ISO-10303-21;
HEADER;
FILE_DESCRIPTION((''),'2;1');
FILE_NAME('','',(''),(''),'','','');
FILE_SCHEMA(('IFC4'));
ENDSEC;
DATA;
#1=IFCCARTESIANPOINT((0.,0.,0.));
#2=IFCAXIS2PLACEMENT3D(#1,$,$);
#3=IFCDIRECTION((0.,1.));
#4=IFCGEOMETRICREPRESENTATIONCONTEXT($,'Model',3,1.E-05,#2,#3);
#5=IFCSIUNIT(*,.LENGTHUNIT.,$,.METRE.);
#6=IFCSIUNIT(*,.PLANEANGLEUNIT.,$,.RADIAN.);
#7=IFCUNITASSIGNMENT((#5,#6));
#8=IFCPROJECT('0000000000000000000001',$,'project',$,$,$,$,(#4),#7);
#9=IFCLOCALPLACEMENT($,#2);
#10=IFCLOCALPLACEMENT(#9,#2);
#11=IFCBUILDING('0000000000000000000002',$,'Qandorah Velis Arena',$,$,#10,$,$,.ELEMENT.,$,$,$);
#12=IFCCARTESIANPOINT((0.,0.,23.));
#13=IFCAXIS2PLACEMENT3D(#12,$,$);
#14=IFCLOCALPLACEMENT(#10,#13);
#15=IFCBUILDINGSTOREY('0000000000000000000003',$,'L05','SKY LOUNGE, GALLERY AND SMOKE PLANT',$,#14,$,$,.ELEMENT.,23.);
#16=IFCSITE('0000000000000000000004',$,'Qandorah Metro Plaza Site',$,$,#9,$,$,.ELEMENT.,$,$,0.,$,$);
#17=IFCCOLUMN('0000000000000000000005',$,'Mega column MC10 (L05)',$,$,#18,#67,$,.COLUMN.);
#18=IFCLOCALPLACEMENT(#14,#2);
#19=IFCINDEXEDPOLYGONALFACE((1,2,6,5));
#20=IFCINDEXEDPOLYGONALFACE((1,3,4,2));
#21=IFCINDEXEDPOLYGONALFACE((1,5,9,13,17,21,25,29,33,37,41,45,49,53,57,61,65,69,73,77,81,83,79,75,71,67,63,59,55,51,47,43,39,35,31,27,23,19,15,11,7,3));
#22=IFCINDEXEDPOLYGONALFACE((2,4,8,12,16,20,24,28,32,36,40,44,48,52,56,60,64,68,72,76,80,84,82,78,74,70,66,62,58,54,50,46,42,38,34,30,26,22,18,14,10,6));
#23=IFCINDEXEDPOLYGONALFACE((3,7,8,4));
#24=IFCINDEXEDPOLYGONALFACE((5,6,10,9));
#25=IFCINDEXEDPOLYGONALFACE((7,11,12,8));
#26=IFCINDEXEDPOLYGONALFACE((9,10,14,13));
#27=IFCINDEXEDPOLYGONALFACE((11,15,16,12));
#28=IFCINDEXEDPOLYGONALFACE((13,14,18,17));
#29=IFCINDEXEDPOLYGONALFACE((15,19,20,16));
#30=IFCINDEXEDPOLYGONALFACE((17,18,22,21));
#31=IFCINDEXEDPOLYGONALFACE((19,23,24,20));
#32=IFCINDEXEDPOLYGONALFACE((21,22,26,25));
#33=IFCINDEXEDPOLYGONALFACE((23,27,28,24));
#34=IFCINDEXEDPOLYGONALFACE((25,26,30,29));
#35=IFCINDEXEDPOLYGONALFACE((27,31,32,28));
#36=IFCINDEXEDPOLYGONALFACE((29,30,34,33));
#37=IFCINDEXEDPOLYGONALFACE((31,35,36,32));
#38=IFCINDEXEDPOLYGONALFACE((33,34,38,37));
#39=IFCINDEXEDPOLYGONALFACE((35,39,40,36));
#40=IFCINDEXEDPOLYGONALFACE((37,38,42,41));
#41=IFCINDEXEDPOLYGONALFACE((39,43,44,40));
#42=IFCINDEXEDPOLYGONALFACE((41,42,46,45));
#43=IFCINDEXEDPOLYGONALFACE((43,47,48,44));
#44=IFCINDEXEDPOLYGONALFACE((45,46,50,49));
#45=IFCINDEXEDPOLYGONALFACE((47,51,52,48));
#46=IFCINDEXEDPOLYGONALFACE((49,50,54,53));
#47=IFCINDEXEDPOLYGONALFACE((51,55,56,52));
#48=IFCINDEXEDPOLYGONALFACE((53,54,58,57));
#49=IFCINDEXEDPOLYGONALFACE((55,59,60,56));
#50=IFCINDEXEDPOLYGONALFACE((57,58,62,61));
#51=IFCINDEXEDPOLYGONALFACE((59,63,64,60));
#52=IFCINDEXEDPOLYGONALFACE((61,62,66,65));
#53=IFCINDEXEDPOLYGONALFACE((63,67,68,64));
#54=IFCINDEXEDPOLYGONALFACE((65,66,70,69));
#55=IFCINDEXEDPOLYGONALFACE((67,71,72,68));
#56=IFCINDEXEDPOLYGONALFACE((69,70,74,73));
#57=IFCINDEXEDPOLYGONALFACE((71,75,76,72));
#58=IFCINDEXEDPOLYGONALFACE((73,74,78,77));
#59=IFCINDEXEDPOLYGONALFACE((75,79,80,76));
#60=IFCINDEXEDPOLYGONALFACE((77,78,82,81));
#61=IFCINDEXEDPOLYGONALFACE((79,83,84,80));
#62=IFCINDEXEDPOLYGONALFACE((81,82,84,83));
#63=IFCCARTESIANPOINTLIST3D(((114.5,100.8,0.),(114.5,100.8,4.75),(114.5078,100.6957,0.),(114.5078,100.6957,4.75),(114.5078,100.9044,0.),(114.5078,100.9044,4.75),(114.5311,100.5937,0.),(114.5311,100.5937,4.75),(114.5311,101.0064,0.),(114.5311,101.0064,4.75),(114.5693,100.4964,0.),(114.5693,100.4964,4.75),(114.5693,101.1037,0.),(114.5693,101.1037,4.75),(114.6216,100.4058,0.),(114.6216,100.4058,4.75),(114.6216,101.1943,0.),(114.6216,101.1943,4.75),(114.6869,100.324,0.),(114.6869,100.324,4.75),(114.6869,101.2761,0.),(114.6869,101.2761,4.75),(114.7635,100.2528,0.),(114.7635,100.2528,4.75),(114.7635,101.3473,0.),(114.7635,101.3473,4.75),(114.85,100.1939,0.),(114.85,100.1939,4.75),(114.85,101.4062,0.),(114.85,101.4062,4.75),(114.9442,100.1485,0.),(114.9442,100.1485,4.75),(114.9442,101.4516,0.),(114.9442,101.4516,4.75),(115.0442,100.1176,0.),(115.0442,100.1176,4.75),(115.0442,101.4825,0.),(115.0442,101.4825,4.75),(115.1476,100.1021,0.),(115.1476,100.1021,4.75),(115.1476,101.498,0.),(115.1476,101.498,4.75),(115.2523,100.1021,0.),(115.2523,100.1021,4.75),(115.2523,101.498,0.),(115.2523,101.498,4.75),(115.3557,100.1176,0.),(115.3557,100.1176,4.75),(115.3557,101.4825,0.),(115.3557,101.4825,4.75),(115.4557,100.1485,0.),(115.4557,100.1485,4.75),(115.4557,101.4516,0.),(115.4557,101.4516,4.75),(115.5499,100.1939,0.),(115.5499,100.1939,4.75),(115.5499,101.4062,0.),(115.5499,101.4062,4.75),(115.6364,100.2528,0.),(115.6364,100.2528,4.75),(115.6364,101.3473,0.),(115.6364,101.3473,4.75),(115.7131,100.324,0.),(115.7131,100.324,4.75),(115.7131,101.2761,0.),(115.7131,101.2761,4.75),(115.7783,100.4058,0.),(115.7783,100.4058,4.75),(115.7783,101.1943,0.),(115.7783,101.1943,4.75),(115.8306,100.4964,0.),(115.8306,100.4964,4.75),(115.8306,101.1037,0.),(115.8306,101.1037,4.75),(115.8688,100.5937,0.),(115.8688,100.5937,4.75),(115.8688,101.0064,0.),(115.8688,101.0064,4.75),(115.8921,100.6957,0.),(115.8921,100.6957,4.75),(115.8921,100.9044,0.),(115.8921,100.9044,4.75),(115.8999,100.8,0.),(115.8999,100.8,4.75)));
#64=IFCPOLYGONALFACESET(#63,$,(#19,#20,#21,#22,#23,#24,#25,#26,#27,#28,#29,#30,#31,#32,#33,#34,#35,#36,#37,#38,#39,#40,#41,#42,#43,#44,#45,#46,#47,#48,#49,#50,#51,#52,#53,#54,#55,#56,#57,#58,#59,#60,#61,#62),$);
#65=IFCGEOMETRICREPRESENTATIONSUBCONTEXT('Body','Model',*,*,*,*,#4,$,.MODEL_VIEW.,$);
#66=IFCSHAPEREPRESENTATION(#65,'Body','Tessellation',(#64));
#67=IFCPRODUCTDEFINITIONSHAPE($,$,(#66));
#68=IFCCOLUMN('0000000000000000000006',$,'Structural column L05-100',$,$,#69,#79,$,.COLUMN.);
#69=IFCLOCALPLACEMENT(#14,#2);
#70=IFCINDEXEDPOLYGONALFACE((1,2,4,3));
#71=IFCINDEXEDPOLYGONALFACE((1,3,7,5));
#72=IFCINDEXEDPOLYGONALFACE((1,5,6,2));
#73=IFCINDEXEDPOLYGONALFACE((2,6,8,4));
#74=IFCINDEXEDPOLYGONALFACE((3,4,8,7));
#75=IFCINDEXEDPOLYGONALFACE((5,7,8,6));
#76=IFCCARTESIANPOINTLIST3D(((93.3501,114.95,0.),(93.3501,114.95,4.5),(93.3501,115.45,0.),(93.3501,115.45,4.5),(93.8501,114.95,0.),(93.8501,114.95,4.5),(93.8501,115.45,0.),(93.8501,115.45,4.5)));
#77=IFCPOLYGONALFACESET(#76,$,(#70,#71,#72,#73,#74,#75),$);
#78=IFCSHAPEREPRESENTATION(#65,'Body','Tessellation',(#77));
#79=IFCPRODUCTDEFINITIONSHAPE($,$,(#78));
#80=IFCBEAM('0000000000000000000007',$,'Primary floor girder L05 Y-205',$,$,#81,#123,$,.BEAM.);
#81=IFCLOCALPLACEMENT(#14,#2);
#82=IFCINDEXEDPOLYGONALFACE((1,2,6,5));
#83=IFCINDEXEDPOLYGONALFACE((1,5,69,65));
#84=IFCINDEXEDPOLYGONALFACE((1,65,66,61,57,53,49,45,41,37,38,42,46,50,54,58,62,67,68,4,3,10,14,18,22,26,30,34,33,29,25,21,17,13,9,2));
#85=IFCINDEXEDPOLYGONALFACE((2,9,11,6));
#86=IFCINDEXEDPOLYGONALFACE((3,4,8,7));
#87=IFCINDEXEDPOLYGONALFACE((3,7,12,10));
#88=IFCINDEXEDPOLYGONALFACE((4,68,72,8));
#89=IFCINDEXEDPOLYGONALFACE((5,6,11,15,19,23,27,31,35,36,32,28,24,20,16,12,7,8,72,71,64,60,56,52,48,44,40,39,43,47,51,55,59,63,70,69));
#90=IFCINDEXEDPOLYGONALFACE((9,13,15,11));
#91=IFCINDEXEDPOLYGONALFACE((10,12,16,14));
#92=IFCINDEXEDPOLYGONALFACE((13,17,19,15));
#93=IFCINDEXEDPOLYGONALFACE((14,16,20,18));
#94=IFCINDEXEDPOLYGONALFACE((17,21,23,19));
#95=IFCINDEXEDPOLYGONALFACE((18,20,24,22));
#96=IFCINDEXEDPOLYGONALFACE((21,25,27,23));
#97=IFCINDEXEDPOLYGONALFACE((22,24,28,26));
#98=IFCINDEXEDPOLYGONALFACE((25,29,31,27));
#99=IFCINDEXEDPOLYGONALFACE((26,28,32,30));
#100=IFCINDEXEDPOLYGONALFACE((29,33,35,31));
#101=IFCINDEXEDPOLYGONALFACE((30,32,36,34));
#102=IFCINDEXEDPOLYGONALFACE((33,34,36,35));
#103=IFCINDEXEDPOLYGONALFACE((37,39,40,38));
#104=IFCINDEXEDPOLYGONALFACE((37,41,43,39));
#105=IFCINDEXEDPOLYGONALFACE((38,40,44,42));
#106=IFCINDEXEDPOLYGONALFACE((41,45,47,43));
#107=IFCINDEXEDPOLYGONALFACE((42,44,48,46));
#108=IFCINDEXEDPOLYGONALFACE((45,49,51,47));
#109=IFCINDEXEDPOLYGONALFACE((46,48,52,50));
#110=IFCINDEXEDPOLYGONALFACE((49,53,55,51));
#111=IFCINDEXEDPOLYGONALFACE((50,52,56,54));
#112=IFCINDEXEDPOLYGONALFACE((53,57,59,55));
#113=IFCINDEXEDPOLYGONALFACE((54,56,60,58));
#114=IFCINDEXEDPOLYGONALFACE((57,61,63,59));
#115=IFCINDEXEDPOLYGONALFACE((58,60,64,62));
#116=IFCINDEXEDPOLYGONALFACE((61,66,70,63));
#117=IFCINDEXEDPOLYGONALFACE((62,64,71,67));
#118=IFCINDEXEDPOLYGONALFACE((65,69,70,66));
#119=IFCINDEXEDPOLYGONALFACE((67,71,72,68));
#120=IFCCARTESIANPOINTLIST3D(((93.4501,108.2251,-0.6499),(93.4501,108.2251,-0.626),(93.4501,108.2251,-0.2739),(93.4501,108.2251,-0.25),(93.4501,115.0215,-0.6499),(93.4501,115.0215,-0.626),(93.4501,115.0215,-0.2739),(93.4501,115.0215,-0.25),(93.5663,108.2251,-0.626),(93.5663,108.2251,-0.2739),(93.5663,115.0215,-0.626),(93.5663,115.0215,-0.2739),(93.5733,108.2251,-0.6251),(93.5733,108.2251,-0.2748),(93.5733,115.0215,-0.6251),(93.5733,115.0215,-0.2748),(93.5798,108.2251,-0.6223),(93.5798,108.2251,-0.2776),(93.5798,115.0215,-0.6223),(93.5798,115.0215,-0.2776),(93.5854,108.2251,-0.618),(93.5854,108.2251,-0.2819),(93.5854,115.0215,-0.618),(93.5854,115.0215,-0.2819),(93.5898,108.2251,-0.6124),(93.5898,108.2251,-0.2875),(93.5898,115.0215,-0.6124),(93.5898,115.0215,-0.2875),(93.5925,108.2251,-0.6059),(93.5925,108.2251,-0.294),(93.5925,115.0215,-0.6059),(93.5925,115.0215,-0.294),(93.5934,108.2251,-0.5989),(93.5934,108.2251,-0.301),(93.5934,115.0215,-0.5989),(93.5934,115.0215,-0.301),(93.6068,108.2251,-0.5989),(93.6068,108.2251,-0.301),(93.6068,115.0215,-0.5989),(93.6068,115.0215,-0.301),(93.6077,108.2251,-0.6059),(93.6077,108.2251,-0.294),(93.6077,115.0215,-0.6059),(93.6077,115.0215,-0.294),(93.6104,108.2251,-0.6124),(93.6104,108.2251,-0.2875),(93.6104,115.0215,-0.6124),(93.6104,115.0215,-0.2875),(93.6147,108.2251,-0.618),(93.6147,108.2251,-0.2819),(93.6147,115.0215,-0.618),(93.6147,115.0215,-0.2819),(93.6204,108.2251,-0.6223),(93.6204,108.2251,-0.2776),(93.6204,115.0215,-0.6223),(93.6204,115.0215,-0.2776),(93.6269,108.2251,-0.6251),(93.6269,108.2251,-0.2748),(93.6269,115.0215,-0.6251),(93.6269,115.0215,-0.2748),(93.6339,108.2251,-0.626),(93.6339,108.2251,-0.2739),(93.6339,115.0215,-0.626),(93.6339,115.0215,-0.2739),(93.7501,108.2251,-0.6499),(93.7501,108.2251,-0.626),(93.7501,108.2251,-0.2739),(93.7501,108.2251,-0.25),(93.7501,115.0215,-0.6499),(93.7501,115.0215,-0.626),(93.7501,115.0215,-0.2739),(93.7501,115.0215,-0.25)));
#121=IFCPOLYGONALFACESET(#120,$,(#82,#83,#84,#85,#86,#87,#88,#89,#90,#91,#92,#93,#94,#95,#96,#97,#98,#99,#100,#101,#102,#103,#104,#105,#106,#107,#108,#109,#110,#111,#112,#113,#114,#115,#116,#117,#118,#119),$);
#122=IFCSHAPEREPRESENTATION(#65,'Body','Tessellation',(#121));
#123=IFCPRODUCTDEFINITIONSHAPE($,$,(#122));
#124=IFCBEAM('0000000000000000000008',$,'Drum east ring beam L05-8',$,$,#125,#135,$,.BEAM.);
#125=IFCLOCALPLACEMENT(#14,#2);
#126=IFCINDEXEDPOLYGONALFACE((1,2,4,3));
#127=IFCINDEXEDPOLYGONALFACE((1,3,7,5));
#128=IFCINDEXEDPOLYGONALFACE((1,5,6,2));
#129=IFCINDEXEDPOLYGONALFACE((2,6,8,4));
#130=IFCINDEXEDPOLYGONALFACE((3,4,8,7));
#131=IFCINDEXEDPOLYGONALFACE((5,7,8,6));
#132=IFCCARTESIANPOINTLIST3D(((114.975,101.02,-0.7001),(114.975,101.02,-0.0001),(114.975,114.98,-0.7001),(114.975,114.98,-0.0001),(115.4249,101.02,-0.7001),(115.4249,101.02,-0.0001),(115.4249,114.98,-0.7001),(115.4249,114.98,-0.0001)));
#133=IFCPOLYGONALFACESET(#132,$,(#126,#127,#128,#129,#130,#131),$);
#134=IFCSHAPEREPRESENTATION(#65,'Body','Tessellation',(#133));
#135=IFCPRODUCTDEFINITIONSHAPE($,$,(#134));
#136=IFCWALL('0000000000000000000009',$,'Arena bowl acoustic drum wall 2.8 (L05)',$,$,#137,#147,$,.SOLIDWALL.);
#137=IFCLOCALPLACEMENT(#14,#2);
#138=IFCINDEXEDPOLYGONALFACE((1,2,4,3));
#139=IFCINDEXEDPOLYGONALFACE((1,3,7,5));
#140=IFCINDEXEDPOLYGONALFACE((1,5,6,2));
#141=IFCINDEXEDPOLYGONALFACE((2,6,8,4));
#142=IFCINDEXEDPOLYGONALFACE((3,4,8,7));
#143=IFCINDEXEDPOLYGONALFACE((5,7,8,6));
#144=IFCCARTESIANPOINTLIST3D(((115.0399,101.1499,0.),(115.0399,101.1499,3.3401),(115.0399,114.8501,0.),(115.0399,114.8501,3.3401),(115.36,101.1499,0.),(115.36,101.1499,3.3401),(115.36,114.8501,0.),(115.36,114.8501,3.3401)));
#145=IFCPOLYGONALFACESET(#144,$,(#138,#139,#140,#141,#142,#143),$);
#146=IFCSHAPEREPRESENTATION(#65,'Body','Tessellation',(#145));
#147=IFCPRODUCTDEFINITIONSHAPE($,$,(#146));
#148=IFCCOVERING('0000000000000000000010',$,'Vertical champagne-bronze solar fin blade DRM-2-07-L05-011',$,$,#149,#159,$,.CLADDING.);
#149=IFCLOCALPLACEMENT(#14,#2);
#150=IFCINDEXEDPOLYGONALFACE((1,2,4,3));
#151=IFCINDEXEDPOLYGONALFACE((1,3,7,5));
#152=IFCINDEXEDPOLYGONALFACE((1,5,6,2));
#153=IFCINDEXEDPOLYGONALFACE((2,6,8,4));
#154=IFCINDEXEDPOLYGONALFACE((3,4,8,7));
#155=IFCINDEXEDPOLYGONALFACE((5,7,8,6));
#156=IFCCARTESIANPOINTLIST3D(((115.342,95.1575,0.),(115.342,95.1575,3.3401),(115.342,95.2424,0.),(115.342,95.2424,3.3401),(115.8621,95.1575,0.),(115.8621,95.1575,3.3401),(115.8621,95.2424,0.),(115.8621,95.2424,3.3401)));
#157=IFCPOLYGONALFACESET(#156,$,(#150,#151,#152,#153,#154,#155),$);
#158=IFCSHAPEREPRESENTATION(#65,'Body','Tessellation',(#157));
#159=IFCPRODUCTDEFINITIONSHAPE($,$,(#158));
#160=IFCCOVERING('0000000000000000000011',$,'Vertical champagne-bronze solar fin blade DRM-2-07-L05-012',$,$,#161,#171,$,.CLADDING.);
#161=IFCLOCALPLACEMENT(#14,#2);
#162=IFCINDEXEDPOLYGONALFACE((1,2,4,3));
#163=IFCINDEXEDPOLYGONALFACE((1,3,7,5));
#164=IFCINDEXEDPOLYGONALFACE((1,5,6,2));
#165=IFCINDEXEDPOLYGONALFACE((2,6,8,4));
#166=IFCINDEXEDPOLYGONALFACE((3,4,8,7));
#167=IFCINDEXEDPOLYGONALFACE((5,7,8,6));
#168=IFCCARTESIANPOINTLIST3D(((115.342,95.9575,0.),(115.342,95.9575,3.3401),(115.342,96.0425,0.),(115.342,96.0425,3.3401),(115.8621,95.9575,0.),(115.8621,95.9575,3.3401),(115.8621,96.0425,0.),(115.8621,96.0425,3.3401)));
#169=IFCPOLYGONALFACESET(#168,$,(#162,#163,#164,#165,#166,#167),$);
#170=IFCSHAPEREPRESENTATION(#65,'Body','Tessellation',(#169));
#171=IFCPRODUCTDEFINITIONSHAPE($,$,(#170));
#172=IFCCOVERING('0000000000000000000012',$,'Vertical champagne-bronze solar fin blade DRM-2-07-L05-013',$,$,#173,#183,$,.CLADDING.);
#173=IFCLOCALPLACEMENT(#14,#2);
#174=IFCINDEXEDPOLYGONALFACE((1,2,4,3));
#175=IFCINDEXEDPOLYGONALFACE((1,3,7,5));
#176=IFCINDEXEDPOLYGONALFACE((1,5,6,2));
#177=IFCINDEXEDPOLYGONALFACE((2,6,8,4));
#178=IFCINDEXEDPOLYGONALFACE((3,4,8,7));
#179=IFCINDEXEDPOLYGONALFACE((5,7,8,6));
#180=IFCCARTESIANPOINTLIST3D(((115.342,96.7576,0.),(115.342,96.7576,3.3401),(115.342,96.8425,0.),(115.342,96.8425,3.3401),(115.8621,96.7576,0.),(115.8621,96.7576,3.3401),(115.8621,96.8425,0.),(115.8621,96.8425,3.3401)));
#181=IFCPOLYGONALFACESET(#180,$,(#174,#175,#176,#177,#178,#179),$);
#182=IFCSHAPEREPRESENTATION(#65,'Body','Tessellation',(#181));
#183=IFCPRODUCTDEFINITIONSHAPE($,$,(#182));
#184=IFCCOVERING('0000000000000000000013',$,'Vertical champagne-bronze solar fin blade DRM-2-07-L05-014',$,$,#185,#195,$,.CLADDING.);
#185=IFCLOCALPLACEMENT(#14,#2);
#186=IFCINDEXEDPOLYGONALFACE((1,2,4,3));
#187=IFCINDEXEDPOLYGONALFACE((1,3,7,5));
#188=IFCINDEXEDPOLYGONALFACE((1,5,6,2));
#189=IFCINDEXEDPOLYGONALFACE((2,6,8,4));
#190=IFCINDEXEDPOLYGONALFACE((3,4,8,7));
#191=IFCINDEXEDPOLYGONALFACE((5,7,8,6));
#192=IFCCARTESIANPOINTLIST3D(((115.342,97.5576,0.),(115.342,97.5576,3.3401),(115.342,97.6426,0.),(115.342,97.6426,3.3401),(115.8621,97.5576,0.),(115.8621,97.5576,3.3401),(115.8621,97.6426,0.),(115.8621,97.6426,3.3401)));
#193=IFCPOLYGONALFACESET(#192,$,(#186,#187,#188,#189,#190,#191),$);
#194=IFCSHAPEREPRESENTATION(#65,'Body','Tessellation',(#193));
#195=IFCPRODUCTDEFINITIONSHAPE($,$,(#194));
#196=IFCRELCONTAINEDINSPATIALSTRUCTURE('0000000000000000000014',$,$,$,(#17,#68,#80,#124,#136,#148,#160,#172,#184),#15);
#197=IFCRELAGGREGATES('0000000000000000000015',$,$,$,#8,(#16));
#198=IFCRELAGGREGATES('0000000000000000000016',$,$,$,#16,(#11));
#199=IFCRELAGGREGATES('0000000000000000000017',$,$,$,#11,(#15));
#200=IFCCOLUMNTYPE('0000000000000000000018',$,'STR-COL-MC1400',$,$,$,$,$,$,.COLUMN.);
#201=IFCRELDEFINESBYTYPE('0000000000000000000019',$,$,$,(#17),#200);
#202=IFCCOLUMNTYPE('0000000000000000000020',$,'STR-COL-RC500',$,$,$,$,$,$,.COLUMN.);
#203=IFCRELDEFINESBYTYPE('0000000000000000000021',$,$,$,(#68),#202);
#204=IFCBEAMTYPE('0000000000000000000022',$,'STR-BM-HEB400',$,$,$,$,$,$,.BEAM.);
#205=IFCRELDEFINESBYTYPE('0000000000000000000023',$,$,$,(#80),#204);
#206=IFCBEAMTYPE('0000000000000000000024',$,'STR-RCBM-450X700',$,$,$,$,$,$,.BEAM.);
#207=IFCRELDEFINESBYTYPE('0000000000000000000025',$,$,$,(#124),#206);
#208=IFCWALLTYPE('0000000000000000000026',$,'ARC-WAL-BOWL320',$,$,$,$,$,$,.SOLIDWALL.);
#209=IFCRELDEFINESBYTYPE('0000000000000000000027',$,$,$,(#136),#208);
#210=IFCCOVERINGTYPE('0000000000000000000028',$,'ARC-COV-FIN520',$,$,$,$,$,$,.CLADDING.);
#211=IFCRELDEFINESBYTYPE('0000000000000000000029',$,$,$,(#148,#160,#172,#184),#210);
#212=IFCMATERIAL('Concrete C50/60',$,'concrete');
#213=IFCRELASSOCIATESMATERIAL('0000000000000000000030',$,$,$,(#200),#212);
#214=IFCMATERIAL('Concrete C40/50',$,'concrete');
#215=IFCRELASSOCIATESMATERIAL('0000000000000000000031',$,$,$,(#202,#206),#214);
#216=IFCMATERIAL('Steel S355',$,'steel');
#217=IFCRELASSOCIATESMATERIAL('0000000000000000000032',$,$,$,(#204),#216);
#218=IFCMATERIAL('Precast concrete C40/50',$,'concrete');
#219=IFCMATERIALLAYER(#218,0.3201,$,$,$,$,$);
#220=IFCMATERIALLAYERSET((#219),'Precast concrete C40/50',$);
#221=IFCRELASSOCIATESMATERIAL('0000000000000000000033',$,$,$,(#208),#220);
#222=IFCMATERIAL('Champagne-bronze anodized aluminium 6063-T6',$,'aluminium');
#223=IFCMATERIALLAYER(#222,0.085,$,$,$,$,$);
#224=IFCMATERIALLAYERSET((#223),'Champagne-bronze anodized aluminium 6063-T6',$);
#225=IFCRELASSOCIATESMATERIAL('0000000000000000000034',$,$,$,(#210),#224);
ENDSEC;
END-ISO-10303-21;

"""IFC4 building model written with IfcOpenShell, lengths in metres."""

from ifc_helpers import new_model, si_unit, direction, frame, frame_2d, origin, origin_2d, place, context, subcontext, project, spatial, rectangle, circle, i_section, extrude, material, layer, layer_set, material_profile, profile_set, type_object, element, save


model = new_model("IFC4")

# Units and contexts
model_context = context("Model", 3, precision=1e-05, world=origin(), true_north=direction((0.0, 1.0)))
body_context = subcontext(model_context, "Body", "Model", "MODEL_VIEW")
ifc_project = project(units=[si_unit("LENGTHUNIT", "METRE"), si_unit("PLANEANGLEUNIT", "RADIAN")], contexts=[model_context])

# Site, building, storey
site_placement = place(None, origin())
site = spatial("IfcSite", under=ifc_project, at=site_placement, Name="Qandorah Metro Plaza Site", CompositionType="ELEMENT", RefElevation=0.0)
building_placement = place(site_placement, origin())
building = spatial("IfcBuilding", under=site, at=building_placement, Name="Qandorah Velis Arena", CompositionType="ELEMENT")
storey_placement = place(building_placement, frame((0.0, 0.0, 23.0)))
storey = spatial("IfcBuildingStorey", under=building, at=storey_placement, Name="L05", Description="SKY LOUNGE, GALLERY AND SMOKE PLANT", CompositionType="ELEMENT", Elevation=23.0)

# Columns
ifc_material_1 = material(Name="Concrete C50/60", Category="concrete")
ifc_material_profile_1 = material_profile(ifc_material_1, circle(Radius=0.7, at=origin_2d()), Name="MC D1400")
ifc_profile_set_1 = profile_set([ifc_material_profile_1], Name="Concrete C50/60")
column_type_1 = type_object("IfcColumnType", Name="STR-COL-MC1400", PredefinedType="COLUMN", material=ifc_profile_set_1)
column_1_placement = place(storey_placement, frame((115.2, 100.8, 0.0), z_axis=(0.0, 0.0, 1.0), x_axis=(1.0, 0.0, 0.0)))
element("IfcColumn", 1, at=column_1_placement, inside=storey, type_object=column_type_1, Name="Mega column MC10 (L05)", PredefinedType="COLUMN", context=body_context, shape_type="SweptSolid", body=[
    extrude(circle(Radius=0.7, at=origin_2d()), origin(), (0.0, 0.0, 1.0), 4.75),
])
ifc_material_2 = material(Name="Concrete C40/50", Category="concrete")
ifc_material_profile_2 = material_profile(ifc_material_2, rectangle(XDim=0.5, YDim=0.5, at=origin_2d()), Name="RC COL 500x500")
ifc_profile_set_2 = profile_set([ifc_material_profile_2], Name="Concrete C40/50")
column_type_2 = type_object("IfcColumnType", Name="STR-COL-RC500", PredefinedType="COLUMN", material=ifc_profile_set_2)
column_2_placement = place(storey_placement, frame((93.6001, 115.2, 0.0), z_axis=(0.0, 0.0, 1.0), x_axis=(1.0, 0.0, 0.0)))
element("IfcColumn", 2, at=column_2_placement, inside=storey, type_object=column_type_2, Name="Structural column L05-100", PredefinedType="COLUMN", context=body_context, shape_type="SweptSolid", body=[
    extrude(rectangle(XDim=0.5, YDim=0.5, at=origin_2d()), origin(), (0.0, 0.0, 1.0), 4.5),
])

# Beams
ifc_material_3 = material(Name="Steel S355", Category="steel")
ifc_material_profile_3 = material_profile(ifc_material_3, i_section(OverallWidth=0.3, OverallDepth=0.3999, WebThickness=0.0134, FlangeThickness=0.0239, FilletRadius=0.0271, at=origin_2d()), Name="HEB 400")
ifc_profile_set_3 = profile_set([ifc_material_profile_3], Name="Steel S355")
beam_type_1 = type_object("IfcBeamType", Name="STR-BM-HEB400", PredefinedType="BEAM", material=ifc_profile_set_3)
beam_1_placement = place(storey_placement, frame((93.6001, 108.2251, -0.45), z_axis=(0.0, 1.0, 0.0), x_axis=(-1.0, 0.0, 0.0)))
element("IfcBeam", 3, at=beam_1_placement, inside=storey, type_object=beam_type_1, Name="Primary floor girder L05 Y-205", PredefinedType="BEAM", context=body_context, shape_type="SweptSolid", body=[
    extrude(i_section(OverallWidth=0.3, OverallDepth=0.3999, WebThickness=0.0134, FlangeThickness=0.0239, FilletRadius=0.0271, at=origin_2d()), origin(), (0.0, 0.0, 1.0), 6.7964),
])
ifc_material_profile_4 = material_profile(ifc_material_2, rectangle(XDim=0.45, YDim=0.7, at=origin_2d()), Name="RC BM 450x700")
ifc_profile_set_4 = profile_set([ifc_material_profile_4], Name="Concrete C40/50")
beam_type_2 = type_object("IfcBeamType", Name="STR-RCBM-450X700", PredefinedType="BEAM", material=ifc_profile_set_4)
beam_2_placement = place(storey_placement, frame((115.2, 101.02, -0.3501), z_axis=(0.0, 1.0, 0.0), x_axis=(-1.0, 0.0, 0.0)))
element("IfcBeam", 4, at=beam_2_placement, inside=storey, type_object=beam_type_2, Name="Drum east ring beam L05-8", PredefinedType="BEAM", context=body_context, shape_type="SweptSolid", body=[
    extrude(rectangle(XDim=0.45, YDim=0.7, at=origin_2d()), origin(), (0.0, 0.0, 1.0), 13.96),
])

# Wall
ifc_material_4 = material(Name="Precast concrete C40/50", Category="concrete")
ifc_layer_1 = layer(ifc_material_4, 0.3201)
ifc_layer_set_1 = layer_set([ifc_layer_1], Name="Precast concrete C40/50")
wall_type = type_object("IfcWallType", Name="ARC-WAL-BOWL320", PredefinedType="SOLIDWALL", material=ifc_layer_set_1)
wall_placement = place(storey_placement, frame((115.2, 101.1499, 0.0), z_axis=(0.0, 0.0, 1.0), x_axis=(0.0, 1.0, 0.0)))
element("IfcWall", 5, at=wall_placement, inside=storey, type_object=wall_type, Name="Arena bowl acoustic drum wall 2.8 (L05)", PredefinedType="SOLIDWALL", context=body_context, shape_type="SweptSolid", body=[
    extrude(rectangle(XDim=13.7002, YDim=0.3201, at=frame_2d((6.8501, 0.0))), origin(), (0.0, 0.0, 1.0), 3.3401),
])

# Coverings
ifc_material_5 = material(Name="Champagne-bronze anodized aluminium 6063-T6", Category="aluminium")
ifc_layer_2 = layer(ifc_material_5, 0.085)
ifc_layer_set_2 = layer_set([ifc_layer_2], Name="Champagne-bronze anodized aluminium 6063-T6")
covering_type = type_object("IfcCoveringType", Name="ARC-COV-FIN520", PredefinedType="CLADDING", material=ifc_layer_set_2)
for number, where, z_axis, x_axis, name in (
    (6, (115.6021, 95.2, 0.0), (0.0, 0.0, 1.0), (1.0, 0.0, 0.0), "Vertical champagne-bronze solar fin blade DRM-2-07-L05-011"),
    (7, (115.6021, 96.0, 0.0), (0.0, 0.0, 1.0), (1.0, 0.0, 0.0), "Vertical champagne-bronze solar fin blade DRM-2-07-L05-012"),
    (8, (115.6021, 96.8, 0.0), (0.0, 0.0, 1.0), (1.0, 0.0, 0.0), "Vertical champagne-bronze solar fin blade DRM-2-07-L05-013"),
    (9, (115.6021, 97.6001, 0.0), (0.0, 0.0, 1.0), (1.0, 0.0, 0.0), "Vertical champagne-bronze solar fin blade DRM-2-07-L05-014"),
):
    element("IfcCovering", number, at=place(storey_placement, frame(where, z_axis=z_axis, x_axis=x_axis)), inside=storey, type_object=covering_type, Name=name, PredefinedType="CLADDING", context=body_context, shape_type="SweptSolid", body=[
        extrude(rectangle(XDim=0.52, YDim=0.085, at=origin_2d()), origin(), (0.0, 0.0, 1.0), 3.3401),
    ])

save(model, "model.ifc")
